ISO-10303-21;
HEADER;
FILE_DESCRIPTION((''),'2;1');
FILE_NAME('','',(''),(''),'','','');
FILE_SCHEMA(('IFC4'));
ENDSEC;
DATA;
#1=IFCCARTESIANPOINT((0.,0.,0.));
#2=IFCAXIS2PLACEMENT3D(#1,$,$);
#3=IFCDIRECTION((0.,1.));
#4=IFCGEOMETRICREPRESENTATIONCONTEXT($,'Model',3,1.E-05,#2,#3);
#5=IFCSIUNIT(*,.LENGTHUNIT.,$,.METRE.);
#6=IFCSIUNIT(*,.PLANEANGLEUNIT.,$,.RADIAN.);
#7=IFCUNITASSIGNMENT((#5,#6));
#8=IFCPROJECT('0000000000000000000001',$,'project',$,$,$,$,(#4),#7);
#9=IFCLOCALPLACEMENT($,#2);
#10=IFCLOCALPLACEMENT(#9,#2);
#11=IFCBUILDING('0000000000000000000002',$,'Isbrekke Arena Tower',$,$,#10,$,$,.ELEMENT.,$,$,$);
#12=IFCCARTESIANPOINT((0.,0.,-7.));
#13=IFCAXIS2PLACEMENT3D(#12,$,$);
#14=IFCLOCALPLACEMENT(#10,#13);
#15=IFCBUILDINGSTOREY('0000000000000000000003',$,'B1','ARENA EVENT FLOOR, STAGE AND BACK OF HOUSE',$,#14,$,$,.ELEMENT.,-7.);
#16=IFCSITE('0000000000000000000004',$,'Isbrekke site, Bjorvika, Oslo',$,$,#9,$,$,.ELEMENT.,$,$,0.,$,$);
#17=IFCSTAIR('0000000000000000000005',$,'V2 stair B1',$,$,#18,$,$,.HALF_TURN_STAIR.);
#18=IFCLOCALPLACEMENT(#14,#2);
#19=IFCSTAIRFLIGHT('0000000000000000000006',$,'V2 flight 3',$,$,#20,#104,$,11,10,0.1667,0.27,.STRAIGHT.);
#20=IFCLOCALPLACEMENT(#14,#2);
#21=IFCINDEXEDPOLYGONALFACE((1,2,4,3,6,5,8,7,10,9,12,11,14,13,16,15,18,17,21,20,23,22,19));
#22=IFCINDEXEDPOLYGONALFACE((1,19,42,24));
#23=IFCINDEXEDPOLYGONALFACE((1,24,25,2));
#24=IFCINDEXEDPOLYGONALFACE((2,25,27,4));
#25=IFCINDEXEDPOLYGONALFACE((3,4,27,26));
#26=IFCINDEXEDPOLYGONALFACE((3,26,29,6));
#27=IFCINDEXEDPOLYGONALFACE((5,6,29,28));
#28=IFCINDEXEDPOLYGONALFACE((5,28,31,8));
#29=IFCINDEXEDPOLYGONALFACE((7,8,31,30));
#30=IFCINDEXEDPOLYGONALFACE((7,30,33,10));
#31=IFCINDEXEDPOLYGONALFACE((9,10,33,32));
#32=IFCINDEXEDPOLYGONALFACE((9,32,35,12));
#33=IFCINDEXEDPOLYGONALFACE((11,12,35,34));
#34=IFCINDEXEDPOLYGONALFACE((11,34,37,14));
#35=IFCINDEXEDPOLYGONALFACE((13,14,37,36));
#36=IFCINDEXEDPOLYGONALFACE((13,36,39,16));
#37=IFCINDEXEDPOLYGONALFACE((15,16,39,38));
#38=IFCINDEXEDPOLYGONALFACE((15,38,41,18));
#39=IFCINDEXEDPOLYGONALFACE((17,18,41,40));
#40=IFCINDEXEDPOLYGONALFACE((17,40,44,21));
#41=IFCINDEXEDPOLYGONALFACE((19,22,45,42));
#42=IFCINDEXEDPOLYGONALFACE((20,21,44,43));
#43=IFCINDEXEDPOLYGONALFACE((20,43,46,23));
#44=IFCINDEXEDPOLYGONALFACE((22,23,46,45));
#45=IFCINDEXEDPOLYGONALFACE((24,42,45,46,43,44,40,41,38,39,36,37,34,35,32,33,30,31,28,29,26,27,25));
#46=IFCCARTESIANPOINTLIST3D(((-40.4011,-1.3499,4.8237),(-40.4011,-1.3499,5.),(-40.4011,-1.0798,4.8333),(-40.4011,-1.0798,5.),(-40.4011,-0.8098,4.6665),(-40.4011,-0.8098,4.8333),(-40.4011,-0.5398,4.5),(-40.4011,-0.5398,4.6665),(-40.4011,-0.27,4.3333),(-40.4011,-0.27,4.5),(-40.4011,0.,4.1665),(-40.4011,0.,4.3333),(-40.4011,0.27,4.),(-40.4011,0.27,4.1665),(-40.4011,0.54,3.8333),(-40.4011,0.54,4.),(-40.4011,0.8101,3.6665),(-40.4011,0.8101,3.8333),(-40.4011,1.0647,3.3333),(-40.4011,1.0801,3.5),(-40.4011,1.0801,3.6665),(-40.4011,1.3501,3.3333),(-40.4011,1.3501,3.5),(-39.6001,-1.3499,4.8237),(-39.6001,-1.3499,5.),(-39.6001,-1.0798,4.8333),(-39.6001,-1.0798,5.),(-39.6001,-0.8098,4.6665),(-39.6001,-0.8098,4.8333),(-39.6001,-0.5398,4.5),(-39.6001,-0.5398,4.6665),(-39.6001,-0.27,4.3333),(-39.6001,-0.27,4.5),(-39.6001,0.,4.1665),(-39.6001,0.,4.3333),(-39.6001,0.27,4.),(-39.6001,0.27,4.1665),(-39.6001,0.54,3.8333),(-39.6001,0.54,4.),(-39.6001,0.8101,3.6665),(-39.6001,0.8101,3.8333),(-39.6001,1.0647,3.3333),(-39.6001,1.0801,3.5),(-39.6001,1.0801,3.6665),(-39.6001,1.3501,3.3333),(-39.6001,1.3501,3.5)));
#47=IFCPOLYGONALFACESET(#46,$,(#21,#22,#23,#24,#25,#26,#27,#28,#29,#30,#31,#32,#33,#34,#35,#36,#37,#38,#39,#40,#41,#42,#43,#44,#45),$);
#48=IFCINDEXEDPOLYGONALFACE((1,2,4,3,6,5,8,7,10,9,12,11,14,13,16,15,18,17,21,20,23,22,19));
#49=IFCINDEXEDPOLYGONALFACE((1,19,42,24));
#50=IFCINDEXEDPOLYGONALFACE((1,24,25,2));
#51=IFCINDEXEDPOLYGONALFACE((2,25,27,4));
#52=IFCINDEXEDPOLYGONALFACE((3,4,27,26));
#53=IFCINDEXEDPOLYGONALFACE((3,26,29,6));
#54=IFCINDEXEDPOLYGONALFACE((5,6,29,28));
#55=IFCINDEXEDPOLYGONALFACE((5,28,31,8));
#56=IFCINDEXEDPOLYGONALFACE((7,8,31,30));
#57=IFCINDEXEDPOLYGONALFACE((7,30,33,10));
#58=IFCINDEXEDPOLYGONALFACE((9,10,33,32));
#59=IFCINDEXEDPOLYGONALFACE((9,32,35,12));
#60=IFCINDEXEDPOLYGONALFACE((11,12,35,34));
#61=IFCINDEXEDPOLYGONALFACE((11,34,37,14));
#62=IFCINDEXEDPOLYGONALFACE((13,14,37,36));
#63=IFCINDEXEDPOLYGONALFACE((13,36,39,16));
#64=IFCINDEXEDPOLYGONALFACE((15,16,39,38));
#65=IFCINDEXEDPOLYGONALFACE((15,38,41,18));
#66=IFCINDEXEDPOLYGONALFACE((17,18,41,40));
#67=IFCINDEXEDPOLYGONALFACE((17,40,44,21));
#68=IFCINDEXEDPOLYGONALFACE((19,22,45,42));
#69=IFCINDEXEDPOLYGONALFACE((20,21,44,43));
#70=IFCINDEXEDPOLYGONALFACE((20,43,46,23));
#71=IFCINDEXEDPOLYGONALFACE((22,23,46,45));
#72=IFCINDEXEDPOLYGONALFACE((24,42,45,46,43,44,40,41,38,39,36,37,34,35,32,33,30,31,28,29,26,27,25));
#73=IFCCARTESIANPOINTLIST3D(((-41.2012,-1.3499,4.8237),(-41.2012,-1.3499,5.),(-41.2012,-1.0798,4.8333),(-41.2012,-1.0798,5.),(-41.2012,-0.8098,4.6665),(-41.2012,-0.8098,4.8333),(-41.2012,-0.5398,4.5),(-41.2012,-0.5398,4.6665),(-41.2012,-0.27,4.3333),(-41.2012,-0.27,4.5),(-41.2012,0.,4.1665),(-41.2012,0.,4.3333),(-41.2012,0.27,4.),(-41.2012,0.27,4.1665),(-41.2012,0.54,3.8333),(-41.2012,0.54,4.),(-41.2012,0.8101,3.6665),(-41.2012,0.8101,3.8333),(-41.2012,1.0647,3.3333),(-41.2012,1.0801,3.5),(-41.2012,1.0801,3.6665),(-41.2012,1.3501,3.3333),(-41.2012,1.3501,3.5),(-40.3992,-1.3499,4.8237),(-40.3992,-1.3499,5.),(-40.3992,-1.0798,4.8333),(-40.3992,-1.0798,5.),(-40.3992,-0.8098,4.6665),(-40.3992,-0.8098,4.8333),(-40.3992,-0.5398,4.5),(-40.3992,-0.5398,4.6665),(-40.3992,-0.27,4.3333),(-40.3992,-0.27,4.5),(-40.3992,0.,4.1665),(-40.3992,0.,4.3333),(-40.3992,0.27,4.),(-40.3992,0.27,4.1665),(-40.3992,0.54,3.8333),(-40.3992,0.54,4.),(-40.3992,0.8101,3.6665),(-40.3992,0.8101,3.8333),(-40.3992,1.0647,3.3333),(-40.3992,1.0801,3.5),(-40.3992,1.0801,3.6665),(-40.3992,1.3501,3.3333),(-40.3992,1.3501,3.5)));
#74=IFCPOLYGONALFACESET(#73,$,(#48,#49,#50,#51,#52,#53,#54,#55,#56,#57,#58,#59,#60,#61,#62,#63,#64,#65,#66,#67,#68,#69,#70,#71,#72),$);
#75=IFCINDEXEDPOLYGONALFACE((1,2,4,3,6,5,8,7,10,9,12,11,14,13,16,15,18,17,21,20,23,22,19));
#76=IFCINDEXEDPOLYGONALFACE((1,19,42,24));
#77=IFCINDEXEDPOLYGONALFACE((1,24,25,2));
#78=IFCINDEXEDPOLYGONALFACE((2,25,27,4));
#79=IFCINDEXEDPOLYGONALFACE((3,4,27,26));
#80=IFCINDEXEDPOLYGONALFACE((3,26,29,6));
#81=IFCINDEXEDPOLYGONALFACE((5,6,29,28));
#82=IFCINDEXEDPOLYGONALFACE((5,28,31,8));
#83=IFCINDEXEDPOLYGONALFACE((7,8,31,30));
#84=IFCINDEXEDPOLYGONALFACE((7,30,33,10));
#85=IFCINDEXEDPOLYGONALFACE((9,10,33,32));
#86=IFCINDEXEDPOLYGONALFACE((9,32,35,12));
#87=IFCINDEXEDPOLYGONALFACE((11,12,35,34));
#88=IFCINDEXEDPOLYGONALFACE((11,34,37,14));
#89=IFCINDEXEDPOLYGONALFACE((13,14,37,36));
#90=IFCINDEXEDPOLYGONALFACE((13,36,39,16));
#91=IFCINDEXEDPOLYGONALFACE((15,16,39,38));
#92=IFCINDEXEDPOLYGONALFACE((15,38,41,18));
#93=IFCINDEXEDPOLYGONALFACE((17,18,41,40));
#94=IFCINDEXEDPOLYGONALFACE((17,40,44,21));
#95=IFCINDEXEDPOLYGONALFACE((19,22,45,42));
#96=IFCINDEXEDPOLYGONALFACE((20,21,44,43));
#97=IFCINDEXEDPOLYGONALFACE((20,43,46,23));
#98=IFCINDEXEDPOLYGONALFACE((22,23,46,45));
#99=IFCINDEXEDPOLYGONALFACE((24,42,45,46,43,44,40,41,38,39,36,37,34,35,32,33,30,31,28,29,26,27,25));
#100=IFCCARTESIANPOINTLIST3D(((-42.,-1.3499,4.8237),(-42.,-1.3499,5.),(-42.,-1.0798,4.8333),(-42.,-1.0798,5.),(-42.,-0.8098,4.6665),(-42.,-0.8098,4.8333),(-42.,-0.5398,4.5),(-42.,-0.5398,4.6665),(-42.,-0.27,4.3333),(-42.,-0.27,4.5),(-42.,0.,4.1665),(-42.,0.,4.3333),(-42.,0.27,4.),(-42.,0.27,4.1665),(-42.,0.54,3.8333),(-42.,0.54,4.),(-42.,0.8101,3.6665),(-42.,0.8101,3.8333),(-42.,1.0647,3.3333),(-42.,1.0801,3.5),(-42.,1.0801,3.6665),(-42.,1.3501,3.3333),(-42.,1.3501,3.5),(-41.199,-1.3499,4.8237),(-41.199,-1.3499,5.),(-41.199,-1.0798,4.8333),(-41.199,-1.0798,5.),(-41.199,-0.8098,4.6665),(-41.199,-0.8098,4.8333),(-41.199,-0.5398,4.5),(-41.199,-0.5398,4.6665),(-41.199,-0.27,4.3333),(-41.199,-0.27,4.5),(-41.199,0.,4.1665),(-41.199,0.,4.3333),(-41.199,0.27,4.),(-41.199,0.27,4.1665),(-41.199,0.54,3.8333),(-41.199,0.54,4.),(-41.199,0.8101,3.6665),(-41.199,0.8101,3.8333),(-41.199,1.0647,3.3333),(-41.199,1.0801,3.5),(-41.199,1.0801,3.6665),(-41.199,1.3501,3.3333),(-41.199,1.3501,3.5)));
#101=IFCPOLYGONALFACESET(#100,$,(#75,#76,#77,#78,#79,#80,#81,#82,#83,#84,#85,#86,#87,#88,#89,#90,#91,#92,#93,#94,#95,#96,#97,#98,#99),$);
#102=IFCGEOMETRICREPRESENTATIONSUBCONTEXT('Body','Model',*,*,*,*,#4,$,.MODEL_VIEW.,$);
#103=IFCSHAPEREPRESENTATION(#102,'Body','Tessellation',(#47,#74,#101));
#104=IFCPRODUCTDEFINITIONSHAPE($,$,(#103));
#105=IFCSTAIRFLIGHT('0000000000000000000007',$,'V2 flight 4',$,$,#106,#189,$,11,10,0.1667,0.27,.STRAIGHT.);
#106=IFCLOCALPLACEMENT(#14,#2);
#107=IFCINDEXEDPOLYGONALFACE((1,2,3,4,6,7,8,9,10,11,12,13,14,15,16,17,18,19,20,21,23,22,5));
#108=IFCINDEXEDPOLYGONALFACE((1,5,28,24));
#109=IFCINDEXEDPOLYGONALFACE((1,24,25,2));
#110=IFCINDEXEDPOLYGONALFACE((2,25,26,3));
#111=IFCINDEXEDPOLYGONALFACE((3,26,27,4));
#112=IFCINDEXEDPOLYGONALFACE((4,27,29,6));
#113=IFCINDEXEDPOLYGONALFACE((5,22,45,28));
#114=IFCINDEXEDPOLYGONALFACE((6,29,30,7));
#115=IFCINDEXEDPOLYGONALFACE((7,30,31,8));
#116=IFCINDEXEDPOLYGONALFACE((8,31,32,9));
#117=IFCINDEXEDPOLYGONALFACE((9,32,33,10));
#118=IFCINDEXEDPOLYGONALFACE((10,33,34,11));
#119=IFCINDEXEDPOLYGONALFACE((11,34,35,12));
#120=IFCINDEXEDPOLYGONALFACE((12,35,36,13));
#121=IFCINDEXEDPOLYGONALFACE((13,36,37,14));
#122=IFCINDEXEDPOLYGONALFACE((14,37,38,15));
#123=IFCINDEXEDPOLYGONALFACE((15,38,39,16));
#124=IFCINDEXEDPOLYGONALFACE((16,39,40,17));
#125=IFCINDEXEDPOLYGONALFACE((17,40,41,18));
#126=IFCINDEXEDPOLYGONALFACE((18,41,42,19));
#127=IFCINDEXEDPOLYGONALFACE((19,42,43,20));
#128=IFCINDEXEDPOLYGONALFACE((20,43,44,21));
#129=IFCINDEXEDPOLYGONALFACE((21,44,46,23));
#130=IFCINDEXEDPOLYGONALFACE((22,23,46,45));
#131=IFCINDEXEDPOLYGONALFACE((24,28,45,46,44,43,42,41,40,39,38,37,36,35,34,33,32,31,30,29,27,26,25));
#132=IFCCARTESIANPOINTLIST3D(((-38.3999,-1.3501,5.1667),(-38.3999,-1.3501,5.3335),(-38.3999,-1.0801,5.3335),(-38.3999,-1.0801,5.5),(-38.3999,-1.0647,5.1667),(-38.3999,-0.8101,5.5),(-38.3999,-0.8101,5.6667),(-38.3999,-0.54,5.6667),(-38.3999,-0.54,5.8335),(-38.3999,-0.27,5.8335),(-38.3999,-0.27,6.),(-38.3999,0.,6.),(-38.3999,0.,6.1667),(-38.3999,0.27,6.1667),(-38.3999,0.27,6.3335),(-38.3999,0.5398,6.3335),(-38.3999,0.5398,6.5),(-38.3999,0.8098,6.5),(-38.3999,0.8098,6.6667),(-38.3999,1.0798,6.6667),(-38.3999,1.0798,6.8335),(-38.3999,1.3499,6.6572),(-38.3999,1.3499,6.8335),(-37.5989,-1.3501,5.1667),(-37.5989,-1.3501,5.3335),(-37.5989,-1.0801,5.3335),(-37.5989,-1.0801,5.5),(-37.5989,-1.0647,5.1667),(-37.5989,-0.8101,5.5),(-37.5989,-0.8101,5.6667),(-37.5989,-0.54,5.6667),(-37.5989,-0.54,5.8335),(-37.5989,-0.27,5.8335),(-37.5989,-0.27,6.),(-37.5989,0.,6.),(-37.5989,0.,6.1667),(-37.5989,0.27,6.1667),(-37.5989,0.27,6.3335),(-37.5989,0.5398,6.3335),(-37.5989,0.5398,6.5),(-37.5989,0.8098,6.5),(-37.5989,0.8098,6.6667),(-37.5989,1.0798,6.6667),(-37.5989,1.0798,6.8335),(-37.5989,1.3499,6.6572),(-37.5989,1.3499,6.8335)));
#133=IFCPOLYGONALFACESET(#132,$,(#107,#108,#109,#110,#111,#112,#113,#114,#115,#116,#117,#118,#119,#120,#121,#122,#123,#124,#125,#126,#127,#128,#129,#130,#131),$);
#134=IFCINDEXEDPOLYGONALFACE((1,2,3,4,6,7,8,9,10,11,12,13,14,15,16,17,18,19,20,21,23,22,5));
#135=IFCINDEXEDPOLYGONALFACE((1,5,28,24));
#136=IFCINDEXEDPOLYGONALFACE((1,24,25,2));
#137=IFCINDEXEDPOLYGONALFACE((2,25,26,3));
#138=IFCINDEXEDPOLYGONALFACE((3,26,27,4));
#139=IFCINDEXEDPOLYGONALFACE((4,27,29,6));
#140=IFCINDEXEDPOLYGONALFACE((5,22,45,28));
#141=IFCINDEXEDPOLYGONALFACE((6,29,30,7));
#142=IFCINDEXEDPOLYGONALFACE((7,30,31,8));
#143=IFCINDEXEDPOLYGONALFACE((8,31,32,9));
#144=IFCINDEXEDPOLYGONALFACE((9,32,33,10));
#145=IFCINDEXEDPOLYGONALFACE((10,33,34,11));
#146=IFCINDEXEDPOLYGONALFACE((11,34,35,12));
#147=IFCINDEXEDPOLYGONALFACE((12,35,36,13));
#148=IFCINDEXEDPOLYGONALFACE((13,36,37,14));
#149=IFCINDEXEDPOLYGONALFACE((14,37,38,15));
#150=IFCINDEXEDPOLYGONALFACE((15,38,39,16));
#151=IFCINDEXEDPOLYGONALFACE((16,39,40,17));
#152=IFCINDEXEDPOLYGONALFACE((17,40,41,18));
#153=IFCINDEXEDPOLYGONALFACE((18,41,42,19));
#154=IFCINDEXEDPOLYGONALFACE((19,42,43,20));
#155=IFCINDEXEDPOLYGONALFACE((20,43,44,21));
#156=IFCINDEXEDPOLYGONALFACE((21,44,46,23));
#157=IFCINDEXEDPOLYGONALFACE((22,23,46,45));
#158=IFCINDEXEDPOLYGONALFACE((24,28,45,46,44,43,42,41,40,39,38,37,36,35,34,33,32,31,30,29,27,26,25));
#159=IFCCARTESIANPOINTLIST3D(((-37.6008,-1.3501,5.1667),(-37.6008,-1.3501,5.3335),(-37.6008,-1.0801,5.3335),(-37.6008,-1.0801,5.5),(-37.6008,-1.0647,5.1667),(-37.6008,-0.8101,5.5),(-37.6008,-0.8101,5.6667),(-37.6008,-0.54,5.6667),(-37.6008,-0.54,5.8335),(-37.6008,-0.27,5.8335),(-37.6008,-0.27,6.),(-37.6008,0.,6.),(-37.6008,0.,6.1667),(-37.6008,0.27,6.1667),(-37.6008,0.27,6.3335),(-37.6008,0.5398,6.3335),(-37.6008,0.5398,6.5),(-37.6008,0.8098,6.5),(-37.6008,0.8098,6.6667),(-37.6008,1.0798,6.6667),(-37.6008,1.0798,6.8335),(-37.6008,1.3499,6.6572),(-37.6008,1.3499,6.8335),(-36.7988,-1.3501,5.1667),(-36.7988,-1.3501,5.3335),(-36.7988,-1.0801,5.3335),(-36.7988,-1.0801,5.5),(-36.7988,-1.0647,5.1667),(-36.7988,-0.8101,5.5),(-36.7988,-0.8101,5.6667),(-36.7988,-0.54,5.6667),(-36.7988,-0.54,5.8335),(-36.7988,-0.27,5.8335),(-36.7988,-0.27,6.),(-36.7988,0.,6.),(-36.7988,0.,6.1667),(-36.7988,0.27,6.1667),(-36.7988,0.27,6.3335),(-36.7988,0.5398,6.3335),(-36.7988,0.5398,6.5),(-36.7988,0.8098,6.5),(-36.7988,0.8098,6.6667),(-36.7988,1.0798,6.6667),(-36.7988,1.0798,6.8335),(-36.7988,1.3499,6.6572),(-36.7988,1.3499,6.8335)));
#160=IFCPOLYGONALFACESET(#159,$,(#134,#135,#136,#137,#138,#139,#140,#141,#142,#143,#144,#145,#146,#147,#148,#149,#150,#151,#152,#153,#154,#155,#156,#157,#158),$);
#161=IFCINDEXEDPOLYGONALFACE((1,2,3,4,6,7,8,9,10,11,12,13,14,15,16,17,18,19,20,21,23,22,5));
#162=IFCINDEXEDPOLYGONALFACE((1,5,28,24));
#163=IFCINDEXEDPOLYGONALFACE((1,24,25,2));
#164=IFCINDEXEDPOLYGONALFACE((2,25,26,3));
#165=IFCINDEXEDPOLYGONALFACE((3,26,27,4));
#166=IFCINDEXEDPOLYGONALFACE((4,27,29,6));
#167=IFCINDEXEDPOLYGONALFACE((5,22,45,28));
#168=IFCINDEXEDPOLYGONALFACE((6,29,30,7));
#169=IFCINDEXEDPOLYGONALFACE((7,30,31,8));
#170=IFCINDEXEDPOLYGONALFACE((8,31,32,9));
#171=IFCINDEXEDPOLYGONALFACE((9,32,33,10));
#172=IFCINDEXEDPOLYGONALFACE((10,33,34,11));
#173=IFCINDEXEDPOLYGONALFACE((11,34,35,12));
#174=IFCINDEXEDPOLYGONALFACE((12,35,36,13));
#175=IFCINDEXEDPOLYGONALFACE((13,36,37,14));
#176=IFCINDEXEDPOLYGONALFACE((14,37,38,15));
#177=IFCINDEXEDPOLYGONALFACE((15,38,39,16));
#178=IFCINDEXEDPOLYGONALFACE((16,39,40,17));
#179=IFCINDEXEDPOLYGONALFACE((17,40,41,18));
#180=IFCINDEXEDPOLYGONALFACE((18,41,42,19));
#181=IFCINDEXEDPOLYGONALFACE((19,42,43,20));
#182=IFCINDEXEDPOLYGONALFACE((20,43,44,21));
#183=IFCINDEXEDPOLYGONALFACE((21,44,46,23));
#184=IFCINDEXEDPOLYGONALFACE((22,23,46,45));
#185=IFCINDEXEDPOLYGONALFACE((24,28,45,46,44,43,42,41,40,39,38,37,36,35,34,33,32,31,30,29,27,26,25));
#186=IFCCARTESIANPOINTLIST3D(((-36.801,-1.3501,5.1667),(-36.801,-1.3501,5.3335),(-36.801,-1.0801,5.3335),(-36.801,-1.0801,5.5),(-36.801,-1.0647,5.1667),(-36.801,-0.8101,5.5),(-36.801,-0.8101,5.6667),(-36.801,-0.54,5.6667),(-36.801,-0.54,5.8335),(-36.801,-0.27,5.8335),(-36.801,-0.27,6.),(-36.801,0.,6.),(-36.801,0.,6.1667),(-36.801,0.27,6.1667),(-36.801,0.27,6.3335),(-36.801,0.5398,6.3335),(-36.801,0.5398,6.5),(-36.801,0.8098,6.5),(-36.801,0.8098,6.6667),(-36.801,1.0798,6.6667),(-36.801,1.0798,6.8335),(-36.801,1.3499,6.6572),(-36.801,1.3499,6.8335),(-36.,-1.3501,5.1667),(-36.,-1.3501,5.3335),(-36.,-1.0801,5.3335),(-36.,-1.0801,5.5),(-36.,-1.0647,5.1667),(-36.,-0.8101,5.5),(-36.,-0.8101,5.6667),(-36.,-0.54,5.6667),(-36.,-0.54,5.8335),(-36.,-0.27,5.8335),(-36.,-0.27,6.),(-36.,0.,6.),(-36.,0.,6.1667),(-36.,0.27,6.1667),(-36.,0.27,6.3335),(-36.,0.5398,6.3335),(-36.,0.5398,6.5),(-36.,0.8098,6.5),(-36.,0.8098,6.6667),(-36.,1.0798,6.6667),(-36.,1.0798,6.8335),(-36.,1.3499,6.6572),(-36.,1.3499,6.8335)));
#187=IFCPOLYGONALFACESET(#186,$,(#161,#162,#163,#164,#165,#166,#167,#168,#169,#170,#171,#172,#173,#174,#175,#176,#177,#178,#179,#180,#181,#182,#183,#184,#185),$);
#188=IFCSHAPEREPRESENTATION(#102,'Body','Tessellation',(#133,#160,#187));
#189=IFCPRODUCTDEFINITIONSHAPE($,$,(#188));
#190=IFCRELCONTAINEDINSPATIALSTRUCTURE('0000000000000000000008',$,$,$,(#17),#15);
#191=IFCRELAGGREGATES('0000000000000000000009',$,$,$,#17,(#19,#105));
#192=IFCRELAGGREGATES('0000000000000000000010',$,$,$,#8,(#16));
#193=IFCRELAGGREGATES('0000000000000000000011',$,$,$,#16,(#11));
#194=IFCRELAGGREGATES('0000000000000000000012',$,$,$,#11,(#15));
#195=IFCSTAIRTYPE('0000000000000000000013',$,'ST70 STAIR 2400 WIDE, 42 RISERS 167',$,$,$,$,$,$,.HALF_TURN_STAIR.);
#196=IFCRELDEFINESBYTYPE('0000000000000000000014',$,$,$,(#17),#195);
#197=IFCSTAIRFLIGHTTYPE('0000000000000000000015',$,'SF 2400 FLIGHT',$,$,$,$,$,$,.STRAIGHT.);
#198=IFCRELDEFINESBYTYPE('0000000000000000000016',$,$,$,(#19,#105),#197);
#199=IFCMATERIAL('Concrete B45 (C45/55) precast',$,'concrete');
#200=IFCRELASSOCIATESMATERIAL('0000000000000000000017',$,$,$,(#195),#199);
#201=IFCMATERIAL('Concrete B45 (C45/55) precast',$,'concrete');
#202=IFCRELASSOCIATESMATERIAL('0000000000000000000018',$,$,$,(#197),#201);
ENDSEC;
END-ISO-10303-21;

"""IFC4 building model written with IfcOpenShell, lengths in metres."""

from ifc_helpers import new_model, si_unit, direction, frame, origin, place, context, subcontext, project, spatial, polyline, outline, extrude, material, type_object, element, aggregate, save


model = new_model("IFC4")

# Units and contexts
model_context = context("Model", 3, precision=1e-05, world=origin(), true_north=direction((0.0, 1.0)))
body_context = subcontext(model_context, "Body", "Model", "MODEL_VIEW")
ifc_project = project(units=[si_unit("LENGTHUNIT", "METRE"), si_unit("PLANEANGLEUNIT", "RADIAN")], contexts=[model_context])

# Site, building, storey
site_placement = place(None, origin())
site = spatial("IfcSite", under=ifc_project, at=site_placement, Name="Isbrekke site, Bjorvika, Oslo", CompositionType="ELEMENT", RefElevation=0.0)
building_placement = place(site_placement, origin())
building = spatial("IfcBuilding", under=site, at=building_placement, Name="Isbrekke Arena Tower", CompositionType="ELEMENT")
storey_placement = place(building_placement, frame((0.0, 0.0, -7.0)))
storey = spatial("IfcBuildingStorey", under=building, at=storey_placement, Name="B1", Description="ARENA EVENT FLOOR, STAGE AND BACK OF HOUSE", CompositionType="ELEMENT", Elevation=-7.0)

# Stair, stair flights
ifc_material_1 = material(Name="Concrete B45 (C45/55) precast", Category="concrete")
stair_type = type_object("IfcStairType", Name="ST70 STAIR 2400 WIDE, 42 RISERS 167", PredefinedType="HALF_TURN_STAIR", material=ifc_material_1)
stair_placement = place(storey_placement, origin())
stair = element("IfcStair", 1, at=stair_placement, inside=storey, type_object=stair_type, Name="V2 stair B1", PredefinedType="HALF_TURN_STAIR")
ifc_material_2 = material(Name="Concrete B45 (C45/55) precast", Category="concrete")
stair_flight_type = type_object("IfcStairFlightType", Name="SF 2400 FLIGHT", PredefinedType="STRAIGHT", material=ifc_material_2)
stair_flight_1_placement = place(storey_placement, frame((-40.8, 1.3501, 3.3333), z_axis=(0.0, 0.0, 1.0), x_axis=(0.0, -1.0, 0.0)))
stair_flight_1 = element("IfcStairFlight", 2, at=stair_flight_1_placement, type_object=stair_flight_type, Name="V2 flight 3", NumberOfRisers=11, NumberOfTreads=10, PredefinedType="STRAIGHT", RiserHeight=0.1667, TreadLength=0.27, context=body_context, shape_type="SweptSolid", body=[
    extrude(outline(polyline([(0.0, 0.0), (0.0, 0.1667), (0.27, 0.1667), (0.27, 0.3333), (0.54, 0.3333), (0.54, 0.5), (0.8101, 0.5), (0.8101, 0.6667), (1.0801, 0.6667), (1.0801, 0.8333), (1.3501, 0.8333), (1.3501, 1.0), (1.6201, 1.0), (1.6201, 1.1667), (1.8899, 1.1667), (1.8899, 1.3333), (2.1599, 1.3333), (2.1599, 1.5), (2.4299, 1.5), (2.4299, 1.6667), (2.7, 1.6667), (2.7, 1.8333), (2.7, 1.4905), (0.2854, 0.0), (0.0, 0.0)])), frame((0.0, 1.2, 0.0), z_axis=(0.0, -1.0, 0.0), x_axis=(1.0, 0.0, 0.0)), (0.0, 0.0, 1.0), 0.801),
    extrude(outline(polyline([(0.0, 0.0), (0.0, 0.1667), (0.27, 0.1667), (0.27, 0.3333), (0.54, 0.3333), (0.54, 0.5), (0.8101, 0.5), (0.8101, 0.6667), (1.0801, 0.6667), (1.0801, 0.8333), (1.3501, 0.8333), (1.3501, 1.0), (1.6201, 1.0), (1.6201, 1.1667), (1.8899, 1.1667), (1.8899, 1.3333), (2.1599, 1.3333), (2.1599, 1.5), (2.4299, 1.5), (2.4299, 1.6667), (2.7, 1.6667), (2.7, 1.8333), (2.7, 1.4905), (0.2854, 0.0), (0.0, 0.0)])), frame((0.0, 0.4009, 0.0), z_axis=(0.0, -1.0, 0.0), x_axis=(1.0, 0.0, 0.0)), (0.0, 0.0, 1.0), 0.802),
    extrude(outline(polyline([(0.0, 0.0), (0.0, 0.1667), (0.27, 0.1667), (0.27, 0.3333), (0.54, 0.3333), (0.54, 0.5), (0.8101, 0.5), (0.8101, 0.6667), (1.0801, 0.6667), (1.0801, 0.8333), (1.3501, 0.8333), (1.3501, 1.0), (1.6201, 1.0), (1.6201, 1.1667), (1.8899, 1.1667), (1.8899, 1.3333), (2.1599, 1.3333), (2.1599, 1.5), (2.4299, 1.5), (2.4299, 1.6667), (2.7, 1.6667), (2.7, 1.8333), (2.7, 1.4905), (0.2854, 0.0), (0.0, 0.0)])), frame((0.0, -0.3989, 0.0), z_axis=(0.0, -1.0, 0.0), x_axis=(1.0, 0.0, 0.0)), (0.0, 0.0, 1.0), 0.801),
])
stair_flight_2_placement = place(storey_placement, frame((-37.2, -1.3501, 5.1667), z_axis=(0.0, 0.0, 1.0), x_axis=(0.0, 1.0, 0.0)))
stair_flight_2 = element("IfcStairFlight", 3, at=stair_flight_2_placement, type_object=stair_flight_type, Name="V2 flight 4", NumberOfRisers=11, NumberOfTreads=10, PredefinedType="STRAIGHT", RiserHeight=0.1667, TreadLength=0.27, context=body_context, shape_type="SweptSolid", body=[
    extrude(outline(polyline([(0.0, 0.0), (0.0, 0.1667), (0.27, 0.1667), (0.27, 0.3333), (0.54, 0.3333), (0.54, 0.5), (0.8101, 0.5), (0.8101, 0.6667), (1.0801, 0.6667), (1.0801, 0.8333), (1.3501, 0.8333), (1.3501, 1.0), (1.6201, 1.0), (1.6201, 1.1667), (1.8899, 1.1667), (1.8899, 1.3333), (2.1599, 1.3333), (2.1599, 1.5), (2.4299, 1.5), (2.4299, 1.6667), (2.7, 1.6667), (2.7, 1.8333), (2.7, 1.4905), (0.2854, 0.0), (0.0, 0.0)])), frame((0.0, 1.2, 0.0), z_axis=(0.0, -1.0, 0.0), x_axis=(1.0, 0.0, 0.0)), (0.0, 0.0, 1.0), 0.801),
    extrude(outline(polyline([(0.0, 0.0), (0.0, 0.1667), (0.27, 0.1667), (0.27, 0.3333), (0.54, 0.3333), (0.54, 0.5), (0.8101, 0.5), (0.8101, 0.6667), (1.0801, 0.6667), (1.0801, 0.8333), (1.3501, 0.8333), (1.3501, 1.0), (1.6201, 1.0), (1.6201, 1.1667), (1.8899, 1.1667), (1.8899, 1.3333), (2.1599, 1.3333), (2.1599, 1.5), (2.4299, 1.5), (2.4299, 1.6667), (2.7, 1.6667), (2.7, 1.8333), (2.7, 1.4905), (0.2854, 0.0), (0.0, 0.0)])), frame((0.0, 0.4009, 0.0), z_axis=(0.0, -1.0, 0.0), x_axis=(1.0, 0.0, 0.0)), (0.0, 0.0, 1.0), 0.802),
    extrude(outline(polyline([(0.0, 0.0), (0.0, 0.1667), (0.27, 0.1667), (0.27, 0.3333), (0.54, 0.3333), (0.54, 0.5), (0.8101, 0.5), (0.8101, 0.6667), (1.0801, 0.6667), (1.0801, 0.8333), (1.3501, 0.8333), (1.3501, 1.0), (1.6201, 1.0), (1.6201, 1.1667), (1.8899, 1.1667), (1.8899, 1.3333), (2.1599, 1.3333), (2.1599, 1.5), (2.4299, 1.5), (2.4299, 1.6667), (2.7, 1.6667), (2.7, 1.8333), (2.7, 1.4905), (0.2854, 0.0), (0.0, 0.0)])), frame((0.0, -0.3989, 0.0), z_axis=(0.0, -1.0, 0.0), x_axis=(1.0, 0.0, 0.0)), (0.0, 0.0, 1.0), 0.801),
])
aggregate(stair, [stair_flight_1, stair_flight_2])

save(model, "model.ifc")
